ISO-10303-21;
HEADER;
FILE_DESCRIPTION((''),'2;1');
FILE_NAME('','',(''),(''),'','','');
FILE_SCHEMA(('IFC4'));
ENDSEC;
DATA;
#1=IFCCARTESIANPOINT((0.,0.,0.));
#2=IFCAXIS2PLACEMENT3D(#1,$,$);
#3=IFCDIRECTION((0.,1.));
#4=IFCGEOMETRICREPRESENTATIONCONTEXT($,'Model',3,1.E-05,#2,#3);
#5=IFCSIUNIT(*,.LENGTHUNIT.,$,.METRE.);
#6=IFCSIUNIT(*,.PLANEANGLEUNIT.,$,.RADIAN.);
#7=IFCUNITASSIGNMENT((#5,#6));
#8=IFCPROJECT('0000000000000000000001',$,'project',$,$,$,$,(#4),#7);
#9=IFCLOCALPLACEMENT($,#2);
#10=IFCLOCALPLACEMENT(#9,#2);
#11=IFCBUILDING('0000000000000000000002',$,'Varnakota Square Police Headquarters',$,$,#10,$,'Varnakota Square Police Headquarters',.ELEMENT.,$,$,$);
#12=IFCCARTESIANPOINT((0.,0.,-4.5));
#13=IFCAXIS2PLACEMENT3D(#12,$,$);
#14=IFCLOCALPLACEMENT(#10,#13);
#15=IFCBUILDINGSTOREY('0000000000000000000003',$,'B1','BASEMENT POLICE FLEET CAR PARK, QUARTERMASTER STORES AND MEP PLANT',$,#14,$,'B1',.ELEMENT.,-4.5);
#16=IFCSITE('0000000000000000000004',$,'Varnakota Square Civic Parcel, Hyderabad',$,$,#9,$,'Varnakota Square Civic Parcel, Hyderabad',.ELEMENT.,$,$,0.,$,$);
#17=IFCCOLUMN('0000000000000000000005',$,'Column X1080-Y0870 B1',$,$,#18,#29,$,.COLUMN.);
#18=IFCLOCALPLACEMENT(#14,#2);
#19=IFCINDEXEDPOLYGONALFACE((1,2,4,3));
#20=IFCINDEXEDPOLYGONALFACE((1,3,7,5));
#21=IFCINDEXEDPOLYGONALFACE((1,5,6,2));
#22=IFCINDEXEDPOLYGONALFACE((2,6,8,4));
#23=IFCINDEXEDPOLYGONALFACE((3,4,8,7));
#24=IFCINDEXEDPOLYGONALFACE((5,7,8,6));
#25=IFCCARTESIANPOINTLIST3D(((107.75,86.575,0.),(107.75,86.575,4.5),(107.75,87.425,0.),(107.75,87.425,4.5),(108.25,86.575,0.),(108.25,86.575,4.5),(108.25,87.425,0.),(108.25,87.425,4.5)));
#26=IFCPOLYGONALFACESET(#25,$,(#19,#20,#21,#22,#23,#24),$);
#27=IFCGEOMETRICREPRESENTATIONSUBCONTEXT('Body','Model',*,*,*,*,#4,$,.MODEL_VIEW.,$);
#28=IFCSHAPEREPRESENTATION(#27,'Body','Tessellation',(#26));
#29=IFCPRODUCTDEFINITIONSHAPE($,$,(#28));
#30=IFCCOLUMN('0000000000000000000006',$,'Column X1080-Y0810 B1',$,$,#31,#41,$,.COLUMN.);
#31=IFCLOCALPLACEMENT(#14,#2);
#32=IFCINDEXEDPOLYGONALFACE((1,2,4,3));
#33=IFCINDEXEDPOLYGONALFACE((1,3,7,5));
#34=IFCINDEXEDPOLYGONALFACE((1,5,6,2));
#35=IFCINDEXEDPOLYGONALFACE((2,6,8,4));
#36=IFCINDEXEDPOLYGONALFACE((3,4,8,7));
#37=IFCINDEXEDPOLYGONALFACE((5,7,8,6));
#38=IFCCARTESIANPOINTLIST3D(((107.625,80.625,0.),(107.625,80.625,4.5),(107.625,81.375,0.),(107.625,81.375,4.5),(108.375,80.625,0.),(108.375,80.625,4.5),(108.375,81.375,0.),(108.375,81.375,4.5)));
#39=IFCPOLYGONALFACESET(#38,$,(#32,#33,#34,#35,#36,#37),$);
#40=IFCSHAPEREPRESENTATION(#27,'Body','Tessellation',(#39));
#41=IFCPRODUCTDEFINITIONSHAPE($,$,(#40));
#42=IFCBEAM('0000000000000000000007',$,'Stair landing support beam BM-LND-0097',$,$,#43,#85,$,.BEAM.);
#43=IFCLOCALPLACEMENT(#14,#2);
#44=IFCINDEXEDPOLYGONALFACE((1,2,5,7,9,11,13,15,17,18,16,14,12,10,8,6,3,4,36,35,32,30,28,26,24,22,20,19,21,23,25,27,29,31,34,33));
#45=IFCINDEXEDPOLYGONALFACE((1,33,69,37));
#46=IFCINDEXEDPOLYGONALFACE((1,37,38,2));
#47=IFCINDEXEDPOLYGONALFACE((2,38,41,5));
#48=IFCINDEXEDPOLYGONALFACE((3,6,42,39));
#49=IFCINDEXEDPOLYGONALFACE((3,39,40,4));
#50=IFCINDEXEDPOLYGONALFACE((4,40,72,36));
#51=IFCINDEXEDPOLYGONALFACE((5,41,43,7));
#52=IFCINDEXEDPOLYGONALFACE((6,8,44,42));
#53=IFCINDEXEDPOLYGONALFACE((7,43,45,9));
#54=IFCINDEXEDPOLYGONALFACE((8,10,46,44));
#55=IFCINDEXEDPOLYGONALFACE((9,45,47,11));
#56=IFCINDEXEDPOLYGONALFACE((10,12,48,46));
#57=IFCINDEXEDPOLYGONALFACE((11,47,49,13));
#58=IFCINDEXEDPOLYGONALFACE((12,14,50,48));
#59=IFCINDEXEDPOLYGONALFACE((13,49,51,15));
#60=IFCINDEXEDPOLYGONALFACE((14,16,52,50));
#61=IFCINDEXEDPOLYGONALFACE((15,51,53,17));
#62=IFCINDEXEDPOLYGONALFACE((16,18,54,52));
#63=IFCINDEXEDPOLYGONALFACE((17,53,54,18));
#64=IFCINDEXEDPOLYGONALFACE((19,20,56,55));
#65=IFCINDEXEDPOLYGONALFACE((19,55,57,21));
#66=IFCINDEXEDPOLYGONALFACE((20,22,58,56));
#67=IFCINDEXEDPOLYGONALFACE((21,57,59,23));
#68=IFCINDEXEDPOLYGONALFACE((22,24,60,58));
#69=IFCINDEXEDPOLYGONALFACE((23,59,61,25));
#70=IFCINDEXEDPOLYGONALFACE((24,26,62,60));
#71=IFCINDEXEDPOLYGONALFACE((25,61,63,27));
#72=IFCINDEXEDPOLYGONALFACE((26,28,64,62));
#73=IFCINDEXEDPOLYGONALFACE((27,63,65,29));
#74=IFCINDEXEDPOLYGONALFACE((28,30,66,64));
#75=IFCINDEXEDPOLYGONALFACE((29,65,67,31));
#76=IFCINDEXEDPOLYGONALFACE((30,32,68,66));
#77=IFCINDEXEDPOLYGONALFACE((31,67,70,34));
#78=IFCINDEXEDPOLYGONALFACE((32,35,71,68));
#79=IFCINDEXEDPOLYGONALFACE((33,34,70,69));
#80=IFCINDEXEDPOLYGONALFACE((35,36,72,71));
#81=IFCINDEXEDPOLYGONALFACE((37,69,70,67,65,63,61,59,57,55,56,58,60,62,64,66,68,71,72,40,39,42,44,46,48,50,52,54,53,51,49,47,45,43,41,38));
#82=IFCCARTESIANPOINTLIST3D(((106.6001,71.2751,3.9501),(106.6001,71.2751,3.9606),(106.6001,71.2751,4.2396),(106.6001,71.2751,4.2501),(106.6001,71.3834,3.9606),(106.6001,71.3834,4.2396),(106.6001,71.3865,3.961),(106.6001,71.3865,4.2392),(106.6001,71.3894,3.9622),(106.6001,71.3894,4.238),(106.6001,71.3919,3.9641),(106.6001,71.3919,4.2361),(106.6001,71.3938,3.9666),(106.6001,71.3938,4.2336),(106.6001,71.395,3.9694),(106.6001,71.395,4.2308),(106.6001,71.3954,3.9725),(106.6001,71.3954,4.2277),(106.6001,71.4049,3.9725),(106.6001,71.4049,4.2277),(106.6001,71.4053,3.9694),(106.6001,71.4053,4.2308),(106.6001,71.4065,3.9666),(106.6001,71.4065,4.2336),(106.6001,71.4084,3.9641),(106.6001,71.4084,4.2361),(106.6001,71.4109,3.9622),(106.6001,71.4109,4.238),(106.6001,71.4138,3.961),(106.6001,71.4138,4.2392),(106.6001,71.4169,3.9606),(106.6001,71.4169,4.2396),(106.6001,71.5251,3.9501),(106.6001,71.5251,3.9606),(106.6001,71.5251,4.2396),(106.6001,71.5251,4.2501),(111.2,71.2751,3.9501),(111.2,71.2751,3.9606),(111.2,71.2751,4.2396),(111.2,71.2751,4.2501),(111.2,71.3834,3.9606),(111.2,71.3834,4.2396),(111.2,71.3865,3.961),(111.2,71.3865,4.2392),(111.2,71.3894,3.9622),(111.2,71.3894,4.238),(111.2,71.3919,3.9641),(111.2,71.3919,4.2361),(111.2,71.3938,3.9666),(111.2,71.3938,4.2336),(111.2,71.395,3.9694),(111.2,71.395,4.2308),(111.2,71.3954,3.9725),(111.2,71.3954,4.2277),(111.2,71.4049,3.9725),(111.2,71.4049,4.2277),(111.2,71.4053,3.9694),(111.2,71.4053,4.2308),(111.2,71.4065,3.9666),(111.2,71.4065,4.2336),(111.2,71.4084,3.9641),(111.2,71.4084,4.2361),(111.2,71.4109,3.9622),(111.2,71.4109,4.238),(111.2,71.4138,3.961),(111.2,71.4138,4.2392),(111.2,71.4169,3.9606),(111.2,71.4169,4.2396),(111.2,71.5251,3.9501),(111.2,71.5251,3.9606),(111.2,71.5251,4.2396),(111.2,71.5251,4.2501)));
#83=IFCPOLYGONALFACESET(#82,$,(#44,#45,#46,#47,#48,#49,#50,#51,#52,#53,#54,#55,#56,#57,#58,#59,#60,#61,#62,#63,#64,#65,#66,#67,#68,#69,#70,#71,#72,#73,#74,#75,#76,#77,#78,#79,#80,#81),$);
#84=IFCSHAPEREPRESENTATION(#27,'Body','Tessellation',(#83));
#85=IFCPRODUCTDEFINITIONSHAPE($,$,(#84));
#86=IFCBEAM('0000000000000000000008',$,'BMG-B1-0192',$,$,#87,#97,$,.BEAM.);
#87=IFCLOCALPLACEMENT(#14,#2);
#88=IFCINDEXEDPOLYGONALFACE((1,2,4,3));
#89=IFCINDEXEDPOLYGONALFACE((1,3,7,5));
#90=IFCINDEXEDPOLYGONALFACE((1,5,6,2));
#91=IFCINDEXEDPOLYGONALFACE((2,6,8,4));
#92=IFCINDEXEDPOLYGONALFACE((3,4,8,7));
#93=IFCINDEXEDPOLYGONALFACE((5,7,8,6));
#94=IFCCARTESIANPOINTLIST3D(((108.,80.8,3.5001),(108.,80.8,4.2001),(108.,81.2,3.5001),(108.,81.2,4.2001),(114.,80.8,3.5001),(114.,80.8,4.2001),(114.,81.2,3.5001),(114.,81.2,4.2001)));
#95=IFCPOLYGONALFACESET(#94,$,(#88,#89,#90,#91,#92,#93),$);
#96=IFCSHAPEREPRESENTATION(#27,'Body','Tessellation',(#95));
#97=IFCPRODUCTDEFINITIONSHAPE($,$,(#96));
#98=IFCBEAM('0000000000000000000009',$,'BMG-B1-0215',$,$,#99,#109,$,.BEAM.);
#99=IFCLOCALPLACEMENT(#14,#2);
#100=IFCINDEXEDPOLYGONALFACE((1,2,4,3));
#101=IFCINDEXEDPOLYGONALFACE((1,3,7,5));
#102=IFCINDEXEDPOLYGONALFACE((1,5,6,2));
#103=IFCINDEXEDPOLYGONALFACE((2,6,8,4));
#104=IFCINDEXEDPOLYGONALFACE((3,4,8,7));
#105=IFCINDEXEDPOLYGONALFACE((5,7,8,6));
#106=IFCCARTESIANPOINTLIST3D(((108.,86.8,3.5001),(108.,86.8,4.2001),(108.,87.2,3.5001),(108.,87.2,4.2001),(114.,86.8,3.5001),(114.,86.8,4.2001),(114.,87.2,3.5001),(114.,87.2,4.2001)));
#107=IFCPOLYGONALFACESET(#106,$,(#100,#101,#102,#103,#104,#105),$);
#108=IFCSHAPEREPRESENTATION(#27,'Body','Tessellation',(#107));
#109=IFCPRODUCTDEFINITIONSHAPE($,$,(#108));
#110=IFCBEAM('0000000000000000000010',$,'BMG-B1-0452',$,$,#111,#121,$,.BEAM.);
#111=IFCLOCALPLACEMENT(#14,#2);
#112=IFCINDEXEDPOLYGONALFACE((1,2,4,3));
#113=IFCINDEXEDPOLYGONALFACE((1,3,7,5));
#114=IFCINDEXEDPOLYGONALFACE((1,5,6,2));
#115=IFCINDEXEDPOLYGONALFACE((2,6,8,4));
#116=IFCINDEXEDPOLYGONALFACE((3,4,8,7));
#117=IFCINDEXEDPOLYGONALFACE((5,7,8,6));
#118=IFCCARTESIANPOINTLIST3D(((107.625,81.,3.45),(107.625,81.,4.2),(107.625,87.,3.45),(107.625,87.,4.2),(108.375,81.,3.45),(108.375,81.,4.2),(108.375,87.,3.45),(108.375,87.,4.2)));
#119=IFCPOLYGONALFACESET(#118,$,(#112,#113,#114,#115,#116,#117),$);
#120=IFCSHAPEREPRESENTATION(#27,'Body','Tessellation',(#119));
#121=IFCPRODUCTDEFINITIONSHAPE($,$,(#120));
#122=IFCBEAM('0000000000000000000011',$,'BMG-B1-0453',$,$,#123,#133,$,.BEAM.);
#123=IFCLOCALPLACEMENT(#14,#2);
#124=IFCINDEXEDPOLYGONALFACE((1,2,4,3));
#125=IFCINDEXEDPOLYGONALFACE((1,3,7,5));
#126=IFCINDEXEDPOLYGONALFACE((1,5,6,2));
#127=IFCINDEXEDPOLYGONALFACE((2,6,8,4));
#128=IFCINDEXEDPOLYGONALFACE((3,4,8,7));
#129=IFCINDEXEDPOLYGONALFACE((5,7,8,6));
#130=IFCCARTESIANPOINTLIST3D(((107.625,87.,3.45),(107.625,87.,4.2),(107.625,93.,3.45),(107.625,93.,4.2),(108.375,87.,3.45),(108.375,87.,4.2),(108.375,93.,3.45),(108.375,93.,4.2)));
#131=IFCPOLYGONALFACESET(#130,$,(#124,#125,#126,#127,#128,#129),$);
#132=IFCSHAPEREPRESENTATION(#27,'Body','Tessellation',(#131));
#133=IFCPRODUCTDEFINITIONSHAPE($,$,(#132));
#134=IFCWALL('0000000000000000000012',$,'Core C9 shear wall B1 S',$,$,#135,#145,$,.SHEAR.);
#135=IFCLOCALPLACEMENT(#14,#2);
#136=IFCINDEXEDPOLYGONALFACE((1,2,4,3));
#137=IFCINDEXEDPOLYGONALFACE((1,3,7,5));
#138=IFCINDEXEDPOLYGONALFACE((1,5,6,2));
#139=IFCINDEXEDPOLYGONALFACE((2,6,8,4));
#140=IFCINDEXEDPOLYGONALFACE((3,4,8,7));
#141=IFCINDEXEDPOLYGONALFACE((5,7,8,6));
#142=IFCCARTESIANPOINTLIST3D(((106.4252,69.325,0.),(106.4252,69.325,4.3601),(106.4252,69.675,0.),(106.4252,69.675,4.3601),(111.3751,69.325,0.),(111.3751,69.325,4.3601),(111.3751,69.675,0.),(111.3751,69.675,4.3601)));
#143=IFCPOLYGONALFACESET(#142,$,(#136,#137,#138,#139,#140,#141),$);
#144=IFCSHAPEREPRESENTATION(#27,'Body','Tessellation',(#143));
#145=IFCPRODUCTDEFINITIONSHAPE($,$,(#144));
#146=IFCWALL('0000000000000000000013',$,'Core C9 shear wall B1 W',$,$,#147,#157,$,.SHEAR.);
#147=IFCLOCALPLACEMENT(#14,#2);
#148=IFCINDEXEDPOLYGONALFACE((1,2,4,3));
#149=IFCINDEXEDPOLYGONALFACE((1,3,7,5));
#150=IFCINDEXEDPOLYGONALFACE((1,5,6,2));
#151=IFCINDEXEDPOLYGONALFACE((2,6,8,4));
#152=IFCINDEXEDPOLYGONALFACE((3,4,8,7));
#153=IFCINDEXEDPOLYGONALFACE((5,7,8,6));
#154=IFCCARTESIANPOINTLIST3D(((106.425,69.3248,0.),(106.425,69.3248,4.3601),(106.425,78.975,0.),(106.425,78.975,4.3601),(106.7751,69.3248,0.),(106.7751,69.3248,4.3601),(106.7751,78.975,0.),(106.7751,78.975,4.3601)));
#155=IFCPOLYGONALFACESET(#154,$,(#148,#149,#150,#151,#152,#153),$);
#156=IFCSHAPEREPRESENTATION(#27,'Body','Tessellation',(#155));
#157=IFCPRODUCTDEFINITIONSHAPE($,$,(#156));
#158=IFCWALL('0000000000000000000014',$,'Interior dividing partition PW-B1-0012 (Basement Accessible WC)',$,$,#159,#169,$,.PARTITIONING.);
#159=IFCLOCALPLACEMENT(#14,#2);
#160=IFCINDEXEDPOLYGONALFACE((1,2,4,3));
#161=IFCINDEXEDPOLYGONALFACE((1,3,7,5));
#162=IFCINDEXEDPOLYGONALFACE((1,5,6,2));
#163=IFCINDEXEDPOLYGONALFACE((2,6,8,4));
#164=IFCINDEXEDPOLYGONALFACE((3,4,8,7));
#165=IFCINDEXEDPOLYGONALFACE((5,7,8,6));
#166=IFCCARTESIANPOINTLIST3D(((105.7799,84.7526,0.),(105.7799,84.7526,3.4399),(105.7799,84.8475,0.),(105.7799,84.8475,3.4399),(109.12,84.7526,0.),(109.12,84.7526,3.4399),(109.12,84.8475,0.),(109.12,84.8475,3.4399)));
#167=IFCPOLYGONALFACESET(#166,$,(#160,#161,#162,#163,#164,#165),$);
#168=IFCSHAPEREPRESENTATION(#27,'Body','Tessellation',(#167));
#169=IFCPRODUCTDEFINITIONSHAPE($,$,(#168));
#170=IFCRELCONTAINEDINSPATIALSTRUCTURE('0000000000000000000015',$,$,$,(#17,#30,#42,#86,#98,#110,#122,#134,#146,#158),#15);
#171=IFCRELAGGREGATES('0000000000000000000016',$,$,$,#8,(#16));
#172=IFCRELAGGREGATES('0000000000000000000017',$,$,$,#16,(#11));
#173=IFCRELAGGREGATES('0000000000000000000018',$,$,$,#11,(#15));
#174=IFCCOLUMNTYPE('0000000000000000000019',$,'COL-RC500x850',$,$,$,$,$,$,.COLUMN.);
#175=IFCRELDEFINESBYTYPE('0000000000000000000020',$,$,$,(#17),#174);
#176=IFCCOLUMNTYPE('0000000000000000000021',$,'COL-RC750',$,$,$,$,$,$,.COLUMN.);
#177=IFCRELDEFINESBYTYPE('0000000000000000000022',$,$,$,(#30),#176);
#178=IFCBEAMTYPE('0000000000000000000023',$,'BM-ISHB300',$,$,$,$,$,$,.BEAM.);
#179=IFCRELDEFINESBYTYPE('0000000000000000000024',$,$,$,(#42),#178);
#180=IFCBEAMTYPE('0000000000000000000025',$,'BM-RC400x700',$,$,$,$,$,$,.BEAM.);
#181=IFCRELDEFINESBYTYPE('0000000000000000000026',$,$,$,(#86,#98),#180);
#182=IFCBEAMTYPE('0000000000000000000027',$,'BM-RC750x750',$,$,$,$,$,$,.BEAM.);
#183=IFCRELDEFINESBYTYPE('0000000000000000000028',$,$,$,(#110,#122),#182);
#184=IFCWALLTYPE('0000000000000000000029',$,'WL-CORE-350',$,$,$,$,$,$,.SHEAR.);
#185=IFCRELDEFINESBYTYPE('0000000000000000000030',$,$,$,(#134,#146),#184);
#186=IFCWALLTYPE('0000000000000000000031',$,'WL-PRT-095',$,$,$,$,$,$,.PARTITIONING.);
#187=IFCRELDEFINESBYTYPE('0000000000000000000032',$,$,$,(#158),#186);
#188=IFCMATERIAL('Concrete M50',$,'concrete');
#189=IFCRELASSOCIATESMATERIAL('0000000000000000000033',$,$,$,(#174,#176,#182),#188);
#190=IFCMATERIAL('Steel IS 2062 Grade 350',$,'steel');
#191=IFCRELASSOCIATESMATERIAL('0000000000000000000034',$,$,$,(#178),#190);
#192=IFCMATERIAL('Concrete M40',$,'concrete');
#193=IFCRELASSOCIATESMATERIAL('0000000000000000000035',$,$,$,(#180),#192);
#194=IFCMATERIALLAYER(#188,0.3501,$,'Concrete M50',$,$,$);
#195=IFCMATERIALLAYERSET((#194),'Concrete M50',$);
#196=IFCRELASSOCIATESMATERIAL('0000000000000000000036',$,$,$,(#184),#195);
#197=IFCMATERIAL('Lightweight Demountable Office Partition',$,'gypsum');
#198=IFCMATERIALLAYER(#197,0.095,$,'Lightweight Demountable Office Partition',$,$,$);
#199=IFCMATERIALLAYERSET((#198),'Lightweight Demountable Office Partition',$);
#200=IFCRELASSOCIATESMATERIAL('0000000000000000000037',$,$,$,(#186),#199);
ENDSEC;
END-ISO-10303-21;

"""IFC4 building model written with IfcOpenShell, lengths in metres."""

from ifc_helpers import new_model, si_unit, direction, frame, frame_2d, origin, origin_2d, place, context, subcontext, project, spatial, rectangle, i_section, extrude, material, layer, layer_set, material_profile, profile_set, type_object, element, save


model = new_model("IFC4")

# Units and contexts
model_context = context("Model", 3, precision=1e-05, world=origin(), true_north=direction((0.0, 1.0)))
body_context = subcontext(model_context, "Body", "Model", "MODEL_VIEW")
ifc_project = project(units=[si_unit("LENGTHUNIT", "METRE"), si_unit("PLANEANGLEUNIT", "RADIAN")], contexts=[model_context])

# Site, building, storey
site_placement = place(None, origin())
site = spatial("IfcSite", under=ifc_project, at=site_placement, Name="Varnakota Square Civic Parcel, Hyderabad", LongName="Varnakota Square Civic Parcel, Hyderabad", CompositionType="ELEMENT", RefElevation=0.0)
building_placement = place(site_placement, origin())
building = spatial("IfcBuilding", under=site, at=building_placement, Name="Varnakota Square Police Headquarters", LongName="Varnakota Square Police Headquarters", CompositionType="ELEMENT")
storey_placement = place(building_placement, frame((0.0, 0.0, -4.5)))
storey = spatial("IfcBuildingStorey", under=building, at=storey_placement, Name="B1", Description="BASEMENT POLICE FLEET CAR PARK, QUARTERMASTER STORES AND MEP PLANT", LongName="B1", CompositionType="ELEMENT", Elevation=-4.5)

# Shared definitions
ifc_material_1 = material(Name="Concrete M40", Category="concrete")

# Shared definitions
ifc_material_2 = material(Name="Concrete M50", Category="concrete")

# Columns
ifc_material_profile_1 = material_profile(ifc_material_2, rectangle(XDim=0.5, YDim=0.8501, at=origin_2d()), Name="RC 500x850")
ifc_profile_set_1 = profile_set([ifc_material_profile_1], Name="Concrete M50")
column_type_1 = type_object("IfcColumnType", Name="COL-RC500x850", PredefinedType="COLUMN", material=ifc_profile_set_1)
column_1_placement = place(storey_placement, frame((108.0, 87.0, 0.0), z_axis=(0.0, 0.0, 1.0), x_axis=(1.0, 0.0, 0.0)))
element("IfcColumn", 1, at=column_1_placement, inside=storey, type_object=column_type_1, Name="Column X1080-Y0870 B1", PredefinedType="COLUMN", context=body_context, shape_type="SweptSolid", body=[
    extrude(rectangle(XDim=0.5, YDim=0.8501, at=origin_2d()), origin(), (0.0, 0.0, 1.0), 4.5),
])
ifc_material_profile_2 = material_profile(ifc_material_2, rectangle(XDim=0.75, YDim=0.75, at=origin_2d()), Name="RC 750x750")
ifc_profile_set_2 = profile_set([ifc_material_profile_2], Name="Concrete M50")
column_type_2 = type_object("IfcColumnType", Name="COL-RC750", PredefinedType="COLUMN", material=ifc_profile_set_2)
column_2_placement = place(storey_placement, frame((108.0, 81.0, 0.0), z_axis=(0.0, 0.0, 1.0), x_axis=(1.0, 0.0, 0.0)))
element("IfcColumn", 2, at=column_2_placement, inside=storey, type_object=column_type_2, Name="Column X1080-Y0810 B1", PredefinedType="COLUMN", context=body_context, shape_type="SweptSolid", body=[
    extrude(rectangle(XDim=0.75, YDim=0.75, at=origin_2d()), origin(), (0.0, 0.0, 1.0), 4.5),
])

# Beams
ifc_material_3 = material(Name="Steel IS 2062 Grade 350", Category="steel")
ifc_material_profile_3 = material_profile(ifc_material_3, i_section(OverallWidth=0.25, OverallDepth=0.3, WebThickness=0.0095, FlangeThickness=0.0105, FilletRadius=0.012, at=origin_2d()), Name="ISHB 300")
ifc_profile_set_3 = profile_set([ifc_material_profile_3], Name="Steel IS 2062 Grade 350")
beam_type_1 = type_object("IfcBeamType", Name="BM-ISHB300", PredefinedType="BEAM", material=ifc_profile_set_3)
beam_placement = place(storey_placement, frame((106.6001, 71.4001, 4.1001), z_axis=(1.0, 0.0, 0.0), x_axis=(0.0, 1.0, 0.0)))
element("IfcBeam", 3, at=beam_placement, inside=storey, type_object=beam_type_1, Name="Stair landing support beam BM-LND-0097", PredefinedType="BEAM", context=body_context, shape_type="SweptSolid", body=[
    extrude(i_section(OverallWidth=0.25, OverallDepth=0.3, WebThickness=0.0095, FlangeThickness=0.0105, FilletRadius=0.012, at=origin_2d()), origin(), (0.0, 0.0, 1.0), 4.5999),
])
ifc_material_profile_4 = material_profile(ifc_material_1, rectangle(XDim=0.3999, YDim=0.7, at=origin_2d()), Name="RC 400x700")
ifc_profile_set_4 = profile_set([ifc_material_profile_4], Name="Concrete M40")
beam_type_2 = type_object("IfcBeamType", Name="BM-RC400x700", PredefinedType="BEAM", material=ifc_profile_set_4)
for number, where, z_axis, x_axis, name in (
    (4, (108.0, 81.0, 3.8501), (1.0, 0.0, 0.0), (0.0, 1.0, 0.0), "BMG-B1-0192"),
    (5, (108.0, 87.0, 3.8501), (1.0, 0.0, 0.0), (0.0, 1.0, 0.0), "BMG-B1-0215"),
):
    element("IfcBeam", number, at=place(storey_placement, frame(where, z_axis=z_axis, x_axis=x_axis)), inside=storey, type_object=beam_type_2, Name=name, PredefinedType="BEAM", context=body_context, shape_type="SweptSolid", body=[
        extrude(rectangle(XDim=0.3999, YDim=0.7, at=origin_2d()), origin(), (0.0, 0.0, 1.0), 6.0),
    ])
ifc_material_profile_5 = material_profile(ifc_material_2, rectangle(XDim=0.75, YDim=0.75, at=origin_2d()), Name="RC 750x750")
ifc_profile_set_5 = profile_set([ifc_material_profile_5], Name="Concrete M50")
beam_type_3 = type_object("IfcBeamType", Name="BM-RC750x750", PredefinedType="BEAM", material=ifc_profile_set_5)
for number, where, z_axis, x_axis, name in (
    (6, (108.0, 81.0, 3.825), (0.0, 1.0, 0.0), (-1.0, 0.0, 0.0), "BMG-B1-0452"),
    (7, (108.0, 87.0, 3.825), (0.0, 1.0, 0.0), (-1.0, 0.0, 0.0), "BMG-B1-0453"),
):
    element("IfcBeam", number, at=place(storey_placement, frame(where, z_axis=z_axis, x_axis=x_axis)), inside=storey, type_object=beam_type_3, Name=name, PredefinedType="BEAM", context=body_context, shape_type="SweptSolid", body=[
        extrude(rectangle(XDim=0.75, YDim=0.75, at=origin_2d()), origin(), (0.0, 0.0, 1.0), 6.0),
    ])

# Walls
ifc_layer_1 = layer(ifc_material_2, 0.3501, Name="Concrete M50")
ifc_layer_set_1 = layer_set([ifc_layer_1], Name="Concrete M50")
wall_type_1 = type_object("IfcWallType", Name="WL-CORE-350", PredefinedType="SHEAR", material=ifc_layer_set_1)
wall_1_placement = place(storey_placement, frame((106.425, 69.5, 0.0), z_axis=(0.0, 0.0, 1.0), x_axis=(1.0, 0.0, 0.0)))
element("IfcWall", 8, at=wall_1_placement, inside=storey, type_object=wall_type_1, Name="Core C9 shear wall B1 S", PredefinedType="SHEAR", context=body_context, shape_type="SweptSolid", body=[
    extrude(rectangle(XDim=4.95, YDim=0.3501, at=frame_2d((2.4751, 0.0))), origin(), (0.0, 0.0, 1.0), 4.3601),
])
wall_2_placement = place(storey_placement, frame((106.6001, 78.9751, 0.0), z_axis=(0.0, 0.0, 1.0), x_axis=(0.0, -1.0, 0.0)))
element("IfcWall", 9, at=wall_2_placement, inside=storey, type_object=wall_type_1, Name="Core C9 shear wall B1 W", PredefinedType="SHEAR", context=body_context, shape_type="SweptSolid", body=[
    extrude(rectangle(XDim=9.6501, YDim=0.3501, at=frame_2d((4.8252, 0.0))), origin(), (0.0, 0.0, 1.0), 4.3601),
])
ifc_material_4 = material(Name="Lightweight Demountable Office Partition", Category="gypsum")
ifc_layer_2 = layer(ifc_material_4, 0.095, Name="Lightweight Demountable Office Partition")
ifc_layer_set_2 = layer_set([ifc_layer_2], Name="Lightweight Demountable Office Partition")
wall_type_2 = type_object("IfcWallType", Name="WL-PRT-095", PredefinedType="PARTITIONING", material=ifc_layer_set_2)
wall_3_placement = place(storey_placement, frame((105.78, 84.8, 0.0), z_axis=(0.0, 0.0, 1.0), x_axis=(1.0, 0.0, 0.0)))
element("IfcWall", 10, at=wall_3_placement, inside=storey, type_object=wall_type_2, Name="Interior dividing partition PW-B1-0012 (Basement Accessible WC)", PredefinedType="PARTITIONING", context=body_context, shape_type="SweptSolid", body=[
    extrude(rectangle(XDim=3.3401, YDim=0.095, at=frame_2d((1.6699, 0.0))), origin(), (0.0, 0.0, 1.0), 3.4399),
])

save(model, "model.ifc")
